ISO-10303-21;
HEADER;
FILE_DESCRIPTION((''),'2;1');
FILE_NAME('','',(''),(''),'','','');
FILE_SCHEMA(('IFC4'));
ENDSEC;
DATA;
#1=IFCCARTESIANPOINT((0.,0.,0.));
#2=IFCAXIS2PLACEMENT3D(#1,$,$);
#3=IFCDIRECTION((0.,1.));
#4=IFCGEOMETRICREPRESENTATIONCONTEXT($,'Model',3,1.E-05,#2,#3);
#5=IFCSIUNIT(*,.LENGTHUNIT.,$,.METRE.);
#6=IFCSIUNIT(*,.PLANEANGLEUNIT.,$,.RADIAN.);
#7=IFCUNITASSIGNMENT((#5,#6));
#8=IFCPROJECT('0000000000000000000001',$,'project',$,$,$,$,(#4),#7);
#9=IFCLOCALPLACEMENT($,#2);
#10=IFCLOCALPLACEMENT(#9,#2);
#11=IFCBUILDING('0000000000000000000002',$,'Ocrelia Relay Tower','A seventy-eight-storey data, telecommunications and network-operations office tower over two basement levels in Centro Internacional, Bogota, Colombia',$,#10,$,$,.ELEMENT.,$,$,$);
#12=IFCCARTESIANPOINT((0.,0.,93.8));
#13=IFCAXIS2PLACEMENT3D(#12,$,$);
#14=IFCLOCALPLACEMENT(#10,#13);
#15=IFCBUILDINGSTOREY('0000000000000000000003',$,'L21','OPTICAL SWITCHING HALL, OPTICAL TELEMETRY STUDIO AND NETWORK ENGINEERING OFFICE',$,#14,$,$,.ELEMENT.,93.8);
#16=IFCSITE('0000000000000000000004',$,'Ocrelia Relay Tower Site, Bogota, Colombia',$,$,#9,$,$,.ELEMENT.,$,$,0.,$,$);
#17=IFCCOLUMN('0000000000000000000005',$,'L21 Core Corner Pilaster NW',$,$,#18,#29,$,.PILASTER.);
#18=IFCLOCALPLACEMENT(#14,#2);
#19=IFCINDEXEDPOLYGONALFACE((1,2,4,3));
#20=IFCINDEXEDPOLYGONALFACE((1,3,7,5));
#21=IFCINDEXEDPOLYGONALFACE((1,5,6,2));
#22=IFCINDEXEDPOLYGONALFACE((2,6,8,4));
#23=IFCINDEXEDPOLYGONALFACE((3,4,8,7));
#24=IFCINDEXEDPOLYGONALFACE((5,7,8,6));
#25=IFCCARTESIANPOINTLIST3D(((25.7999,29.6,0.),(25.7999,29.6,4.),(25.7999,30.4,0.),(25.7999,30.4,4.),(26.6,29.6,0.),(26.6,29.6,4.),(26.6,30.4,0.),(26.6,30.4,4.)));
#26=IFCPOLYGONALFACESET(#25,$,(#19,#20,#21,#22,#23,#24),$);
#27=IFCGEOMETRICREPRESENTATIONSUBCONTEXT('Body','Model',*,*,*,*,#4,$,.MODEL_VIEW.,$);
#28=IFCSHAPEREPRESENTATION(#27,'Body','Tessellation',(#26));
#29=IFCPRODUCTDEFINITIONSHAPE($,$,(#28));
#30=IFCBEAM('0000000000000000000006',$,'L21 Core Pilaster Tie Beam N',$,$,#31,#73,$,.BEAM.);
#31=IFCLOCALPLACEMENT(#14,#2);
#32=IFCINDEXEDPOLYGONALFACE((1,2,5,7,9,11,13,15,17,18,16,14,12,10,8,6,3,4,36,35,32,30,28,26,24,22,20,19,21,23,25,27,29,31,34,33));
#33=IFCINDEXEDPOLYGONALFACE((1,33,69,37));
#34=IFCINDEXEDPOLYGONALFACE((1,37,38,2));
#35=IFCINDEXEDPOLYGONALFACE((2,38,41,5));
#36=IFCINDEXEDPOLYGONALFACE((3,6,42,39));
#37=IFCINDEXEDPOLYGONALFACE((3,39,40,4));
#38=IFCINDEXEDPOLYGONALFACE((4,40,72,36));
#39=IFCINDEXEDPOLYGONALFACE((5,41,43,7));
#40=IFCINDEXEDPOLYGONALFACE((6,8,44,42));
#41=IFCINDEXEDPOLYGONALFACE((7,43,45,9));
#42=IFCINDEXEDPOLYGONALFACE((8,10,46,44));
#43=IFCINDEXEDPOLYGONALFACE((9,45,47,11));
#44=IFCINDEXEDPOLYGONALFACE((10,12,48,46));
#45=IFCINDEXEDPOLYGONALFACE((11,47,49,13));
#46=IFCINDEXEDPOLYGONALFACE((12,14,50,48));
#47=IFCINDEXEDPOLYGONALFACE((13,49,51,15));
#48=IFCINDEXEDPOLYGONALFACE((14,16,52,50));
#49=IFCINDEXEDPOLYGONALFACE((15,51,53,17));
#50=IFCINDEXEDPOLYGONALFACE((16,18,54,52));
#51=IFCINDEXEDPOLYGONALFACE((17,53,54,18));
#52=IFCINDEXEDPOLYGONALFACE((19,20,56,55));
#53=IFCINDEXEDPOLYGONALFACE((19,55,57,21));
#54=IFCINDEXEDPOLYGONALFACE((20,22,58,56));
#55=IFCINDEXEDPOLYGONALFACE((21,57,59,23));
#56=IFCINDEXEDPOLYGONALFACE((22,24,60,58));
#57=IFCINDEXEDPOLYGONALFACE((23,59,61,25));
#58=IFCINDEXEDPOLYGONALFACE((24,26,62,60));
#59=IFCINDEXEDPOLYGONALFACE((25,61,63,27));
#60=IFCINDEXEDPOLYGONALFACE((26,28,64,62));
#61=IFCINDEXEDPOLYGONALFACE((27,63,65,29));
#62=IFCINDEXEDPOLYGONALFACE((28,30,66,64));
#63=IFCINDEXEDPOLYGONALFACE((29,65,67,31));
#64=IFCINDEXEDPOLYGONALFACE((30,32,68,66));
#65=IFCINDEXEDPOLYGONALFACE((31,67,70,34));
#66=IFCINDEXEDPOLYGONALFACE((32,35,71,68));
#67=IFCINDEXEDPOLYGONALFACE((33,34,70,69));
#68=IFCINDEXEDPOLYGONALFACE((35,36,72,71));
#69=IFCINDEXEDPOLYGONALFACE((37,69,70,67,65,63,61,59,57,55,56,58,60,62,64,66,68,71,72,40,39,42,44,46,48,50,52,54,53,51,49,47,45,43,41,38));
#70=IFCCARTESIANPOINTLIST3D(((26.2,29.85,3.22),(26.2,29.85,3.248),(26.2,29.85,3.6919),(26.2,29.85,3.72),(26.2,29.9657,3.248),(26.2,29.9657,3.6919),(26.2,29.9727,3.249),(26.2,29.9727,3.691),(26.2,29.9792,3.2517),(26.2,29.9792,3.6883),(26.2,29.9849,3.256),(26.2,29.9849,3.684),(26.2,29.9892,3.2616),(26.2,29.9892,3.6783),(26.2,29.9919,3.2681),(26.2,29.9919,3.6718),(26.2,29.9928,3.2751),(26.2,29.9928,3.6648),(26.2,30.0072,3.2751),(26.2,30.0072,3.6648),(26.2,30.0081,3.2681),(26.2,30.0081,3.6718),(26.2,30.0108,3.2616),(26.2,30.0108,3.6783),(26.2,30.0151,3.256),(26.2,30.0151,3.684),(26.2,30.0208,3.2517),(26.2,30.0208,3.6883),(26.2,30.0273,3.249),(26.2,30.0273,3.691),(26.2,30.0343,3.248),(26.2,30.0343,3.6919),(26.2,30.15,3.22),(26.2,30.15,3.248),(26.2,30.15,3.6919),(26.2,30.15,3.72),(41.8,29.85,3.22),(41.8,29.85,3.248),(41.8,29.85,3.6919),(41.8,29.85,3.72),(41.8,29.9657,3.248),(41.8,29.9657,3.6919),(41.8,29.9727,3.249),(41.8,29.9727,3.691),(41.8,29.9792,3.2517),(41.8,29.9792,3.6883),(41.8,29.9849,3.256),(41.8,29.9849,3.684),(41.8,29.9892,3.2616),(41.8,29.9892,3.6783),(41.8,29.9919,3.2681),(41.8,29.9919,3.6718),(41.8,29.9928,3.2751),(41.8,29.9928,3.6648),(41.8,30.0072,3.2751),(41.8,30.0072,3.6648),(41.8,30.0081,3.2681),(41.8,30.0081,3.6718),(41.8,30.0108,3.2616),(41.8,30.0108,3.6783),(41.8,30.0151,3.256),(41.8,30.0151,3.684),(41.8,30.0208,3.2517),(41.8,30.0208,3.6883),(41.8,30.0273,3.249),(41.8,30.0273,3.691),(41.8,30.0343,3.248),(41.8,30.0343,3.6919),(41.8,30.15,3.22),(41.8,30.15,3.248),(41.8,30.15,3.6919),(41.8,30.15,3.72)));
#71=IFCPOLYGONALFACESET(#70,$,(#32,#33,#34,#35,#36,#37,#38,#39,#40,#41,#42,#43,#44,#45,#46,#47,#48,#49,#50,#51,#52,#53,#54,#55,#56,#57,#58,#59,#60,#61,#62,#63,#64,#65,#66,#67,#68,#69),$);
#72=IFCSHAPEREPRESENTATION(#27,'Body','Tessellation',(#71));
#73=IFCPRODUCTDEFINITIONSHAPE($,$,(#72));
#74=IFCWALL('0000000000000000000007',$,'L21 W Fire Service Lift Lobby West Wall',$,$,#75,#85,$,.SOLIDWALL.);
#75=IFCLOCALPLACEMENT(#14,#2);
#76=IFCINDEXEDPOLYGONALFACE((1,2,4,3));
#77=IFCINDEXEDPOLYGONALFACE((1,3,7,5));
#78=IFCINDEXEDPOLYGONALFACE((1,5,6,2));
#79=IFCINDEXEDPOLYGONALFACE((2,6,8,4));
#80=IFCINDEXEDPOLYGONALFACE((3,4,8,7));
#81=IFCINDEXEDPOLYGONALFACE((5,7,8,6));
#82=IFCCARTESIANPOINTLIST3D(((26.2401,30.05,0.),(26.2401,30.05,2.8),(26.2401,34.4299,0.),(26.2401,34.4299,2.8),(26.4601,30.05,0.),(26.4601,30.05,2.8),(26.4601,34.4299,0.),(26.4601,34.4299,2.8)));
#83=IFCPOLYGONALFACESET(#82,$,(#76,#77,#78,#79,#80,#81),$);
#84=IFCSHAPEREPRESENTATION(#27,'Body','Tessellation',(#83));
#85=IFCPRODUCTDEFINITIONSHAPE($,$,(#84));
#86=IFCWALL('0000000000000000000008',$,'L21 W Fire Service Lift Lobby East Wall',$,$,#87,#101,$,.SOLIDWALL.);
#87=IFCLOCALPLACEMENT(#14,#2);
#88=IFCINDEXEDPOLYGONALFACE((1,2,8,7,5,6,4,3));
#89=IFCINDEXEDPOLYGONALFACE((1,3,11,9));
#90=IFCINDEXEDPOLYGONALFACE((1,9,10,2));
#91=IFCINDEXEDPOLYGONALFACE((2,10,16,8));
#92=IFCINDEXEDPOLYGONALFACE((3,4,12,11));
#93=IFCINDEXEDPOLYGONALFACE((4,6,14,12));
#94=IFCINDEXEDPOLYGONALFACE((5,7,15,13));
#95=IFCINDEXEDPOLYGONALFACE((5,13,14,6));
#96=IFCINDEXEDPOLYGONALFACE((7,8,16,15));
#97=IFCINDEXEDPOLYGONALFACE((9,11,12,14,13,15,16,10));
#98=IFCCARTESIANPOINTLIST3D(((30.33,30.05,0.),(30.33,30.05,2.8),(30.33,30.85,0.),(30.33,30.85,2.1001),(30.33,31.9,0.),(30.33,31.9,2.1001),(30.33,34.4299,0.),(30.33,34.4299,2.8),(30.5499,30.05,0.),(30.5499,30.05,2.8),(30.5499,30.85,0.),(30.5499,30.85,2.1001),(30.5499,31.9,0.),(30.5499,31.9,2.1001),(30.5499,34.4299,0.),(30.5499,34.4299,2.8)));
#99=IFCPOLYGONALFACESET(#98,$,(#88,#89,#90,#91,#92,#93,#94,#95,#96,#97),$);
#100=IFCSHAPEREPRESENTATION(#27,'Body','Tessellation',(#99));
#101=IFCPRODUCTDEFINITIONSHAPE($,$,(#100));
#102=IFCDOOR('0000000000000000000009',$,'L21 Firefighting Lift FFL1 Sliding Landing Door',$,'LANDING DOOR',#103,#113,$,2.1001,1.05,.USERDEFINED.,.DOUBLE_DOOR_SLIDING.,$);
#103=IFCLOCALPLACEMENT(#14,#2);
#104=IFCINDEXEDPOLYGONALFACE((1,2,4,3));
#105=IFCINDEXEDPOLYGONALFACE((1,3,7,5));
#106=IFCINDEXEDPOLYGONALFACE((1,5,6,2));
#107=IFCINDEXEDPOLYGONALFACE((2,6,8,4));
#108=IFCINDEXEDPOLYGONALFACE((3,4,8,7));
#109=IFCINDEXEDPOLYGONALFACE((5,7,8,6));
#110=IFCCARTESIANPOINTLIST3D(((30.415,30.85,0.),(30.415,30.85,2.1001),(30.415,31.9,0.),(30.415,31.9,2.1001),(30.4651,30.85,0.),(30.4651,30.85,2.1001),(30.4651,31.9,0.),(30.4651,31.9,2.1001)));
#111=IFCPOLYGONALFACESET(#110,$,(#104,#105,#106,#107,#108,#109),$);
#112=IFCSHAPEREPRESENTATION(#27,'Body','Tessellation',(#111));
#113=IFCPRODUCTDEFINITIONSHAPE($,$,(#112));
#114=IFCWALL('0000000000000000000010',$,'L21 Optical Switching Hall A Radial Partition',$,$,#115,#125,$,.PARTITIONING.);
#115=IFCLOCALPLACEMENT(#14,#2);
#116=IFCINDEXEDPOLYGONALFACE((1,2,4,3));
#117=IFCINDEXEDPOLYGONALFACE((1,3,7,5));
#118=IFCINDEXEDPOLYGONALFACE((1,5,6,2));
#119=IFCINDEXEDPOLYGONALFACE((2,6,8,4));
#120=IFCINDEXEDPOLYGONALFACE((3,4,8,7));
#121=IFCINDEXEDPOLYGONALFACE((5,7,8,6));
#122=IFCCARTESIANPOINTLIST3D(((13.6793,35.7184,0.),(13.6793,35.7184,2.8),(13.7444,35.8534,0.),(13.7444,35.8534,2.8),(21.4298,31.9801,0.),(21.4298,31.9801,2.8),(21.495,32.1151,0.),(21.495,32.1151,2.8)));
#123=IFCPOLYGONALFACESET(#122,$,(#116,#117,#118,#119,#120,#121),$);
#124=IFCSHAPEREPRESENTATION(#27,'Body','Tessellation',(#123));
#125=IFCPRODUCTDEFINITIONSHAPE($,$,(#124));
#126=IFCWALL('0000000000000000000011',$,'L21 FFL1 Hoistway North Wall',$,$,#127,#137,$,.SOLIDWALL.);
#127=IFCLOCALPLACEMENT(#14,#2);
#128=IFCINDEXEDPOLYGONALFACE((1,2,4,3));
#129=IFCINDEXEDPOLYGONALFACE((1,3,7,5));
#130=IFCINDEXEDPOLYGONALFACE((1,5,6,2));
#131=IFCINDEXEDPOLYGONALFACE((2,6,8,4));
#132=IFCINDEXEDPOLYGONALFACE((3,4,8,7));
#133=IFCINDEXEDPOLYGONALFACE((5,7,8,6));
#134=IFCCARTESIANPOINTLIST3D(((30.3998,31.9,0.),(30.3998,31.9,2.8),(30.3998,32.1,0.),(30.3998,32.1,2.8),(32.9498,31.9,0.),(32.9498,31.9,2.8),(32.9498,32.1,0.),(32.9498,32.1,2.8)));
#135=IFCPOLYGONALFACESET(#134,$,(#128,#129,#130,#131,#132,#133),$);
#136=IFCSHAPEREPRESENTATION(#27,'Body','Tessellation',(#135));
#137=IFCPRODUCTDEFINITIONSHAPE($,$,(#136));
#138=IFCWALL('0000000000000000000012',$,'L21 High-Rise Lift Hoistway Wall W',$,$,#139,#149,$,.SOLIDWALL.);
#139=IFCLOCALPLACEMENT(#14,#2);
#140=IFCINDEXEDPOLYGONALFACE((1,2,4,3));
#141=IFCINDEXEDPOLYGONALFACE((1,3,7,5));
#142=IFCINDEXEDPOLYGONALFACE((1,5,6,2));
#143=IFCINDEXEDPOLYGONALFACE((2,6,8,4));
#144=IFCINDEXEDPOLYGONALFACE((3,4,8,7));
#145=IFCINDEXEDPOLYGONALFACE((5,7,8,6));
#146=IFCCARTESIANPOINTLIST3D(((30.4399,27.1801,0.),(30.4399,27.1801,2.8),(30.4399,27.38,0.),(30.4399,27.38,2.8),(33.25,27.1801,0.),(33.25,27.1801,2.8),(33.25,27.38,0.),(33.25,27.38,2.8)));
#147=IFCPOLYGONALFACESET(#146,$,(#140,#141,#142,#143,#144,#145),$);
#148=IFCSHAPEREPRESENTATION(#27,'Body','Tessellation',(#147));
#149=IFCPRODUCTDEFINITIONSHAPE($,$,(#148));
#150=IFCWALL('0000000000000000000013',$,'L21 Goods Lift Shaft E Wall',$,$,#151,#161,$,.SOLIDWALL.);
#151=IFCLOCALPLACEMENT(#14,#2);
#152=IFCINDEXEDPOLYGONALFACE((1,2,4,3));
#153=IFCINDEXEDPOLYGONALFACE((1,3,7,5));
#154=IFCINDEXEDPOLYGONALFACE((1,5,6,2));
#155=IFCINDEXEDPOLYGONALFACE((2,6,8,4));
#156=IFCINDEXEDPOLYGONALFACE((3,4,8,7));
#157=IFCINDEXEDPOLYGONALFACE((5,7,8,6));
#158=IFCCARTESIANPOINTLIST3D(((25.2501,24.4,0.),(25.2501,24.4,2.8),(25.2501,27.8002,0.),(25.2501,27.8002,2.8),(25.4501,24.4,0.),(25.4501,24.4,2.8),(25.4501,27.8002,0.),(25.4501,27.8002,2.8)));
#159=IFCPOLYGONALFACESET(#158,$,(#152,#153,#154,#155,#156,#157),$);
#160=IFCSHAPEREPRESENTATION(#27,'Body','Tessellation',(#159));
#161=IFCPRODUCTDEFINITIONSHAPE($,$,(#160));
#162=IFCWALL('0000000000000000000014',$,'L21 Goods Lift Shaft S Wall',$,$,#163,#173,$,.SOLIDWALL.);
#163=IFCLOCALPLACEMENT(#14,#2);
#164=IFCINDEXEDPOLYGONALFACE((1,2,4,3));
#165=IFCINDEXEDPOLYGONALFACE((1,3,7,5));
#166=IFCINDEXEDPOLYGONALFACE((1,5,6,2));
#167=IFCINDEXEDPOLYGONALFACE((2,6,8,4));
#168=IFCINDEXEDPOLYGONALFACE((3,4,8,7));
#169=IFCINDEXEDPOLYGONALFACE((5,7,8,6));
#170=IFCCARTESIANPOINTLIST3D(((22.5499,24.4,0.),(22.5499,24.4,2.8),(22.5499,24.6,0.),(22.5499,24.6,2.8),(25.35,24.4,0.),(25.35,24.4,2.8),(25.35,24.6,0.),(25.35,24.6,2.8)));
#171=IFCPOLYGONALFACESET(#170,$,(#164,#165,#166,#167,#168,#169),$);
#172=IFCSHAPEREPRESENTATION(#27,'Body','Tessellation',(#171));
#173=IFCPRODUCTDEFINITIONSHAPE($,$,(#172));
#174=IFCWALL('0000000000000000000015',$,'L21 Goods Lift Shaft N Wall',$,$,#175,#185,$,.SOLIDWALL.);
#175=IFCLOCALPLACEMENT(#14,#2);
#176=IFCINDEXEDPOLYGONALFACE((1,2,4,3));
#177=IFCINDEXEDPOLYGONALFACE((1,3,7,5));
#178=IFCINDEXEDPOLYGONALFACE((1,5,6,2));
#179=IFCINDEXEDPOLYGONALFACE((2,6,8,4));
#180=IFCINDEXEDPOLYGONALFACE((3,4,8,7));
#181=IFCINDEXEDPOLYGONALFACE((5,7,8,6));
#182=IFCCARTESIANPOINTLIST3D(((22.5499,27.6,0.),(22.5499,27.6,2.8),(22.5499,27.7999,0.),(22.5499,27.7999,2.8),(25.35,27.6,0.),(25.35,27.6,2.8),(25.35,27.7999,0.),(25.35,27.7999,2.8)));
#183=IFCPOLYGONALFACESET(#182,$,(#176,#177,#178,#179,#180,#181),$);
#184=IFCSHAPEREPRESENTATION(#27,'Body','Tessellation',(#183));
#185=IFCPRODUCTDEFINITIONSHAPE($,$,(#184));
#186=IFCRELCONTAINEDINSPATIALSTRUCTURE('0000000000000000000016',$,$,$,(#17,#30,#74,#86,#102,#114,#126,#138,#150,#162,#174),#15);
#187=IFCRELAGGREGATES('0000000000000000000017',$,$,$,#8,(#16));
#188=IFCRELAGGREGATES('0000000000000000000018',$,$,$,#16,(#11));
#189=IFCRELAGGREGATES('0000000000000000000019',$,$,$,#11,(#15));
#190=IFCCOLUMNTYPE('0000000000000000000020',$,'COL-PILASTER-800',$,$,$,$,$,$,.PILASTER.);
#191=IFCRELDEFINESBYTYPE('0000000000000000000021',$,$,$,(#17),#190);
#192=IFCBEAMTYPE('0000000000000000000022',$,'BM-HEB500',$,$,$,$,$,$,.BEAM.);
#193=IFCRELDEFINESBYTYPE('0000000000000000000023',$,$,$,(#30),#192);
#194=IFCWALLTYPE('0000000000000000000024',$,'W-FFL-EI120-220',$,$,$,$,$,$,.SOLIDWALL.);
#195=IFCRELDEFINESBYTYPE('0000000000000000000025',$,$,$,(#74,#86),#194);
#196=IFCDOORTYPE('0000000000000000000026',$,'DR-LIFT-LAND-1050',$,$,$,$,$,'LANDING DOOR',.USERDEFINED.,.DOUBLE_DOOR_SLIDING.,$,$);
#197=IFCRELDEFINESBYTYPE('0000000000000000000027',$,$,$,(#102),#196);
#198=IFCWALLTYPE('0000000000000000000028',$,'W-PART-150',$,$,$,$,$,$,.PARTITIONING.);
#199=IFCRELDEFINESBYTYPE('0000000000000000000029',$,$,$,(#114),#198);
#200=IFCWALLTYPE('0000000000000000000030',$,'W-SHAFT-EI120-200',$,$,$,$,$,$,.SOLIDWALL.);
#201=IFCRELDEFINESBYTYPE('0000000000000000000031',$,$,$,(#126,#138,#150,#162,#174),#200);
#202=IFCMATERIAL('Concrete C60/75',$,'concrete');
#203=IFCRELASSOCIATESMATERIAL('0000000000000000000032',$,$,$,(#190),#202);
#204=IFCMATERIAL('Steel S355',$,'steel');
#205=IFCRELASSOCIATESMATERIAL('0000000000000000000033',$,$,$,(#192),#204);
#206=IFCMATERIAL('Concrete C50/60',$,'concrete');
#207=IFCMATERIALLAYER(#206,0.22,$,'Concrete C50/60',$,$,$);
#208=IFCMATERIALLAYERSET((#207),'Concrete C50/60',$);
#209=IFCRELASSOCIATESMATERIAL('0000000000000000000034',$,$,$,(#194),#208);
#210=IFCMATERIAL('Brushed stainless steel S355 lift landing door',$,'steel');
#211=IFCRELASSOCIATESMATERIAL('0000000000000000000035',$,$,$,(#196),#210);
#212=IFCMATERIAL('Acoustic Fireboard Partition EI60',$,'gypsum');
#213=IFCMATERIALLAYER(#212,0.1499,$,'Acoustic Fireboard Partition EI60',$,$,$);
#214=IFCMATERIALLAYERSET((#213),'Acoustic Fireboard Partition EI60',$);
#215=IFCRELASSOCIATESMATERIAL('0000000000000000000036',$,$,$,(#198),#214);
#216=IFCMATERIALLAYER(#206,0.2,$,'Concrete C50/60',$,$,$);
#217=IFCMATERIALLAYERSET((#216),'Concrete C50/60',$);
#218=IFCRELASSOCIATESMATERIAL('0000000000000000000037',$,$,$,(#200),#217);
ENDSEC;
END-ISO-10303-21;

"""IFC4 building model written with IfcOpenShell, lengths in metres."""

from ifc_helpers import new_model, si_unit, direction, frame, frame_2d, origin, origin_2d, place, context, subcontext, project, spatial, rectangle, i_section, extrude, material, layer, layer_set, material_profile, profile_set, type_object, element, fill, save


model = new_model("IFC4")

# Units and contexts
model_context = context("Model", 3, precision=1e-05, world=origin(), true_north=direction((0.0, 1.0)))
body_context = subcontext(model_context, "Body", "Model", "MODEL_VIEW")
ifc_project = project(units=[si_unit("LENGTHUNIT", "METRE"), si_unit("PLANEANGLEUNIT", "RADIAN")], contexts=[model_context])

# Site, building, storey
site_placement = place(None, origin())
site = spatial("IfcSite", under=ifc_project, at=site_placement, Name="Ocrelia Relay Tower Site, Bogota, Colombia", CompositionType="ELEMENT", RefElevation=0.0)
building_placement = place(site_placement, origin())
building = spatial("IfcBuilding", under=site, at=building_placement, Name="Ocrelia Relay Tower", Description="A seventy-eight-storey data, telecommunications and network-operations office tower over two basement levels in Centro Internacional, Bogota, Colombia", CompositionType="ELEMENT")
storey_placement = place(building_placement, frame((0.0, 0.0, 93.8)))
storey = spatial("IfcBuildingStorey", under=building, at=storey_placement, Name="L21", Description="OPTICAL SWITCHING HALL, OPTICAL TELEMETRY STUDIO AND NETWORK ENGINEERING OFFICE", CompositionType="ELEMENT", Elevation=93.8)

# Column
ifc_material_1 = material(Name="Concrete C60/75", Category="concrete")
ifc_material_profile_1 = material_profile(ifc_material_1, rectangle(XDim=0.8, YDim=0.8, at=origin_2d()), Name="RC-COL-800x800")
ifc_profile_set_1 = profile_set([ifc_material_profile_1], Name="Concrete C60/75")
column_type = type_object("IfcColumnType", Name="COL-PILASTER-800", PredefinedType="PILASTER", material=ifc_profile_set_1)
column_placement = place(storey_placement, frame((26.2, 30.0, 0.0), z_axis=(0.0, 0.0, 1.0), x_axis=(1.0, 0.0, 0.0)))
element("IfcColumn", 1, at=column_placement, inside=storey, type_object=column_type, Name="L21 Core Corner Pilaster NW", PredefinedType="PILASTER", context=body_context, shape_type="SweptSolid", body=[
    extrude(rectangle(XDim=0.8, YDim=0.8, at=origin_2d()), origin(), (0.0, 0.0, 1.0), 4.0),
])

# Beam
ifc_material_2 = material(Name="Steel S355", Category="steel")
ifc_material_profile_2 = material_profile(ifc_material_2, i_section(OverallWidth=0.3, OverallDepth=0.5, WebThickness=0.0144, FlangeThickness=0.0281, FilletRadius=0.0271, at=origin_2d()), Name="HEB 500")
ifc_profile_set_2 = profile_set([ifc_material_profile_2], Name="Steel S355")
beam_type = type_object("IfcBeamType", Name="BM-HEB500", PredefinedType="BEAM", material=ifc_profile_set_2)
beam_placement = place(storey_placement, frame((26.2, 30.0, 3.47), z_axis=(1.0, 0.0, 0.0), x_axis=(0.0, 1.0, 0.0)))
element("IfcBeam", 2, at=beam_placement, inside=storey, type_object=beam_type, Name="L21 Core Pilaster Tie Beam N", PredefinedType="BEAM", context=body_context, shape_type="SweptSolid", body=[
    extrude(i_section(OverallWidth=0.3, OverallDepth=0.5, WebThickness=0.0144, FlangeThickness=0.0281, FilletRadius=0.0271, at=origin_2d()), origin(), (0.0, 0.0, 1.0), 15.6001),
])

# Wall
ifc_material_3 = material(Name="Concrete C50/60", Category="concrete")
ifc_layer_1 = layer(ifc_material_3, 0.22, Name="Concrete C50/60")
ifc_layer_set_1 = layer_set([ifc_layer_1], Name="Concrete C50/60")
wall_type_1 = type_object("IfcWallType", Name="W-FFL-EI120-220", PredefinedType="SOLIDWALL", material=ifc_layer_set_1)
wall_1_placement = place(storey_placement, frame((26.3501, 30.05, 0.0), z_axis=(0.0, 0.0, 1.0), x_axis=(0.0, 1.0, 0.0)))
element("IfcWall", 3, at=wall_1_placement, inside=storey, type_object=wall_type_1, Name="L21 W Fire Service Lift Lobby West Wall", PredefinedType="SOLIDWALL", context=body_context, shape_type="SweptSolid", body=[
    extrude(rectangle(XDim=4.3799, YDim=0.22, at=frame_2d((2.1899, 0.0))), origin(), (0.0, 0.0, 1.0), 2.8),
])

# Wall, opening, door
wall_2_placement = place(storey_placement, frame((30.4399, 30.05, 0.0), z_axis=(0.0, 0.0, 1.0), x_axis=(0.0, 1.0, 0.0)))
wall_2 = element("IfcWall", 4, at=wall_2_placement, inside=storey, type_object=wall_type_1, Name="L21 W Fire Service Lift Lobby East Wall", PredefinedType="SOLIDWALL", context=body_context, shape_type="SweptSolid", body=[
    extrude(rectangle(XDim=4.3799, YDim=0.22, at=frame_2d((2.1899, 0.0))), origin(), (0.0, 0.0, 1.0), 2.8),
])
opening_1_placement = place(wall_2_placement, frame((0.8, 0.0, 0.0)))
opening_1 = element("IfcOpeningElement", 5, at=opening_1_placement, cuts=wall_2, PredefinedType="OPENING", context=body_context, shape_type="SweptSolid", body=[
    extrude(rectangle(XDim=1.05, YDim=2.1001, at=frame_2d((0.5249, 1.05))), frame((0.0, 0.1201, 0.0), z_axis=(0.0, -1.0, 0.0), x_axis=(1.0, 0.0, 0.0)), (0.0, 0.0, 1.0), 0.24),
])
ifc_material_4 = material(Name="Brushed stainless steel S355 lift landing door", Category="steel")
door_type_1 = type_object("IfcDoorType", Name="DR-LIFT-LAND-1050", ElementType="LANDING DOOR", OperationType="DOUBLE_DOOR_SLIDING", PredefinedType="USERDEFINED", material=ifc_material_4)
door_1_placement = place(opening_1_placement, origin())
door_1 = element("IfcDoor", 6, at=door_1_placement, inside=storey, type_object=door_type_1, Name="L21 Firefighting Lift FFL1 Sliding Landing Door", ObjectType="LANDING DOOR", OperationType="DOUBLE_DOOR_SLIDING", OverallHeight=2.1001, OverallWidth=1.05, PredefinedType="USERDEFINED", context=body_context, shape_type="SweptSolid", body=[
    extrude(rectangle(XDim=1.05, YDim=2.1001, at=frame_2d((0.5249, 1.05))), frame((0.0, 0.0249, 0.0), z_axis=(0.0, -1.0, 0.0), x_axis=(1.0, 0.0, 0.0)), (0.0, 0.0, 1.0), 0.05),
])
fill(opening_1, door_1)

# Walls
ifc_material_5 = material(Name="Acoustic Fireboard Partition EI60", Category="gypsum")
ifc_layer_2 = layer(ifc_material_5, 0.1499, Name="Acoustic Fireboard Partition EI60")
ifc_layer_set_2 = layer_set([ifc_layer_2], Name="Acoustic Fireboard Partition EI60")
wall_type_2 = type_object("IfcWallType", Name="W-PART-150", PredefinedType="PARTITIONING", material=ifc_layer_set_2)
wall_3_placement = place(storey_placement, frame((21.4624, 32.0476, 0.0), z_axis=(0.0, 0.0, 1.0), x_axis=(-0.900703, 0.434435, 0.0)))
element("IfcWall", 7, at=wall_3_placement, inside=storey, type_object=wall_type_2, Name="L21 Optical Switching Hall A Radial Partition", PredefinedType="PARTITIONING", context=body_context, shape_type="SweptSolid", body=[
    extrude(rectangle(XDim=8.605, YDim=0.1499, at=frame_2d((4.3025, 0.0))), origin(), (0.0, 0.0, 1.0), 2.8),
])
ifc_layer_3 = layer(ifc_material_3, 0.2, Name="Concrete C50/60")
ifc_layer_set_3 = layer_set([ifc_layer_3], Name="Concrete C50/60")
wall_type_3 = type_object("IfcWallType", Name="W-SHAFT-EI120-200", PredefinedType="SOLIDWALL", material=ifc_layer_set_3)
wall_4_placement = place(storey_placement, frame((30.3999, 32.0, 0.0), z_axis=(0.0, 0.0, 1.0), x_axis=(1.0, 0.0, 0.0)))
element("IfcWall", 8, at=wall_4_placement, inside=storey, type_object=wall_type_3, Name="L21 FFL1 Hoistway North Wall", PredefinedType="SOLIDWALL", context=body_context, shape_type="SweptSolid", body=[
    extrude(rectangle(XDim=2.55, YDim=0.2, at=frame_2d((1.2749, 0.0))), origin(), (0.0, 0.0, 1.0), 2.8),
])
wall_5_placement = place(storey_placement, frame((30.4399, 27.28, 0.0), z_axis=(0.0, 0.0, 1.0), x_axis=(1.0, 0.0, 0.0)))
element("IfcWall", 9, at=wall_5_placement, inside=storey, type_object=wall_type_3, Name="L21 High-Rise Lift Hoistway Wall W", PredefinedType="SOLIDWALL", context=body_context, shape_type="SweptSolid", body=[
    extrude(rectangle(XDim=2.8101, YDim=0.2, at=frame_2d((1.405, 0.0))), origin(), (0.0, 0.0, 1.0), 2.8),
])

# Walls
wall_6_placement = place(storey_placement, frame((25.3501, 24.3999, 0.0), z_axis=(0.0, 0.0, 1.0), x_axis=(0.0, 1.0, 0.0)))
element("IfcWall", 10, at=wall_6_placement, inside=storey, type_object=wall_type_3, Name="L21 Goods Lift Shaft E Wall", PredefinedType="SOLIDWALL", context=body_context, shape_type="SweptSolid", body=[
    extrude(rectangle(XDim=3.4001, YDim=0.2, at=frame_2d((1.7002, 0.0))), origin(), (0.0, 0.0, 1.0), 2.8),
])
for number, where, z_axis, x_axis, name in (
    (11, (22.55, 24.5, 0.0), (0.0, 0.0, 1.0), (1.0, 0.0, 0.0), "L21 Goods Lift Shaft S Wall"),
    (12, (22.55, 27.7, 0.0), (0.0, 0.0, 1.0), (1.0, 0.0, 0.0), "L21 Goods Lift Shaft N Wall"),
):
    element("IfcWall", number, at=place(storey_placement, frame(where, z_axis=z_axis, x_axis=x_axis)), inside=storey, type_object=wall_type_3, Name=name, PredefinedType="SOLIDWALL", context=body_context, shape_type="SweptSolid", body=[
        extrude(rectangle(XDim=2.8, YDim=0.2, at=frame_2d((1.3999, 0.0))), origin(), (0.0, 0.0, 1.0), 2.8),
    ])

save(model, "model.ifc")
